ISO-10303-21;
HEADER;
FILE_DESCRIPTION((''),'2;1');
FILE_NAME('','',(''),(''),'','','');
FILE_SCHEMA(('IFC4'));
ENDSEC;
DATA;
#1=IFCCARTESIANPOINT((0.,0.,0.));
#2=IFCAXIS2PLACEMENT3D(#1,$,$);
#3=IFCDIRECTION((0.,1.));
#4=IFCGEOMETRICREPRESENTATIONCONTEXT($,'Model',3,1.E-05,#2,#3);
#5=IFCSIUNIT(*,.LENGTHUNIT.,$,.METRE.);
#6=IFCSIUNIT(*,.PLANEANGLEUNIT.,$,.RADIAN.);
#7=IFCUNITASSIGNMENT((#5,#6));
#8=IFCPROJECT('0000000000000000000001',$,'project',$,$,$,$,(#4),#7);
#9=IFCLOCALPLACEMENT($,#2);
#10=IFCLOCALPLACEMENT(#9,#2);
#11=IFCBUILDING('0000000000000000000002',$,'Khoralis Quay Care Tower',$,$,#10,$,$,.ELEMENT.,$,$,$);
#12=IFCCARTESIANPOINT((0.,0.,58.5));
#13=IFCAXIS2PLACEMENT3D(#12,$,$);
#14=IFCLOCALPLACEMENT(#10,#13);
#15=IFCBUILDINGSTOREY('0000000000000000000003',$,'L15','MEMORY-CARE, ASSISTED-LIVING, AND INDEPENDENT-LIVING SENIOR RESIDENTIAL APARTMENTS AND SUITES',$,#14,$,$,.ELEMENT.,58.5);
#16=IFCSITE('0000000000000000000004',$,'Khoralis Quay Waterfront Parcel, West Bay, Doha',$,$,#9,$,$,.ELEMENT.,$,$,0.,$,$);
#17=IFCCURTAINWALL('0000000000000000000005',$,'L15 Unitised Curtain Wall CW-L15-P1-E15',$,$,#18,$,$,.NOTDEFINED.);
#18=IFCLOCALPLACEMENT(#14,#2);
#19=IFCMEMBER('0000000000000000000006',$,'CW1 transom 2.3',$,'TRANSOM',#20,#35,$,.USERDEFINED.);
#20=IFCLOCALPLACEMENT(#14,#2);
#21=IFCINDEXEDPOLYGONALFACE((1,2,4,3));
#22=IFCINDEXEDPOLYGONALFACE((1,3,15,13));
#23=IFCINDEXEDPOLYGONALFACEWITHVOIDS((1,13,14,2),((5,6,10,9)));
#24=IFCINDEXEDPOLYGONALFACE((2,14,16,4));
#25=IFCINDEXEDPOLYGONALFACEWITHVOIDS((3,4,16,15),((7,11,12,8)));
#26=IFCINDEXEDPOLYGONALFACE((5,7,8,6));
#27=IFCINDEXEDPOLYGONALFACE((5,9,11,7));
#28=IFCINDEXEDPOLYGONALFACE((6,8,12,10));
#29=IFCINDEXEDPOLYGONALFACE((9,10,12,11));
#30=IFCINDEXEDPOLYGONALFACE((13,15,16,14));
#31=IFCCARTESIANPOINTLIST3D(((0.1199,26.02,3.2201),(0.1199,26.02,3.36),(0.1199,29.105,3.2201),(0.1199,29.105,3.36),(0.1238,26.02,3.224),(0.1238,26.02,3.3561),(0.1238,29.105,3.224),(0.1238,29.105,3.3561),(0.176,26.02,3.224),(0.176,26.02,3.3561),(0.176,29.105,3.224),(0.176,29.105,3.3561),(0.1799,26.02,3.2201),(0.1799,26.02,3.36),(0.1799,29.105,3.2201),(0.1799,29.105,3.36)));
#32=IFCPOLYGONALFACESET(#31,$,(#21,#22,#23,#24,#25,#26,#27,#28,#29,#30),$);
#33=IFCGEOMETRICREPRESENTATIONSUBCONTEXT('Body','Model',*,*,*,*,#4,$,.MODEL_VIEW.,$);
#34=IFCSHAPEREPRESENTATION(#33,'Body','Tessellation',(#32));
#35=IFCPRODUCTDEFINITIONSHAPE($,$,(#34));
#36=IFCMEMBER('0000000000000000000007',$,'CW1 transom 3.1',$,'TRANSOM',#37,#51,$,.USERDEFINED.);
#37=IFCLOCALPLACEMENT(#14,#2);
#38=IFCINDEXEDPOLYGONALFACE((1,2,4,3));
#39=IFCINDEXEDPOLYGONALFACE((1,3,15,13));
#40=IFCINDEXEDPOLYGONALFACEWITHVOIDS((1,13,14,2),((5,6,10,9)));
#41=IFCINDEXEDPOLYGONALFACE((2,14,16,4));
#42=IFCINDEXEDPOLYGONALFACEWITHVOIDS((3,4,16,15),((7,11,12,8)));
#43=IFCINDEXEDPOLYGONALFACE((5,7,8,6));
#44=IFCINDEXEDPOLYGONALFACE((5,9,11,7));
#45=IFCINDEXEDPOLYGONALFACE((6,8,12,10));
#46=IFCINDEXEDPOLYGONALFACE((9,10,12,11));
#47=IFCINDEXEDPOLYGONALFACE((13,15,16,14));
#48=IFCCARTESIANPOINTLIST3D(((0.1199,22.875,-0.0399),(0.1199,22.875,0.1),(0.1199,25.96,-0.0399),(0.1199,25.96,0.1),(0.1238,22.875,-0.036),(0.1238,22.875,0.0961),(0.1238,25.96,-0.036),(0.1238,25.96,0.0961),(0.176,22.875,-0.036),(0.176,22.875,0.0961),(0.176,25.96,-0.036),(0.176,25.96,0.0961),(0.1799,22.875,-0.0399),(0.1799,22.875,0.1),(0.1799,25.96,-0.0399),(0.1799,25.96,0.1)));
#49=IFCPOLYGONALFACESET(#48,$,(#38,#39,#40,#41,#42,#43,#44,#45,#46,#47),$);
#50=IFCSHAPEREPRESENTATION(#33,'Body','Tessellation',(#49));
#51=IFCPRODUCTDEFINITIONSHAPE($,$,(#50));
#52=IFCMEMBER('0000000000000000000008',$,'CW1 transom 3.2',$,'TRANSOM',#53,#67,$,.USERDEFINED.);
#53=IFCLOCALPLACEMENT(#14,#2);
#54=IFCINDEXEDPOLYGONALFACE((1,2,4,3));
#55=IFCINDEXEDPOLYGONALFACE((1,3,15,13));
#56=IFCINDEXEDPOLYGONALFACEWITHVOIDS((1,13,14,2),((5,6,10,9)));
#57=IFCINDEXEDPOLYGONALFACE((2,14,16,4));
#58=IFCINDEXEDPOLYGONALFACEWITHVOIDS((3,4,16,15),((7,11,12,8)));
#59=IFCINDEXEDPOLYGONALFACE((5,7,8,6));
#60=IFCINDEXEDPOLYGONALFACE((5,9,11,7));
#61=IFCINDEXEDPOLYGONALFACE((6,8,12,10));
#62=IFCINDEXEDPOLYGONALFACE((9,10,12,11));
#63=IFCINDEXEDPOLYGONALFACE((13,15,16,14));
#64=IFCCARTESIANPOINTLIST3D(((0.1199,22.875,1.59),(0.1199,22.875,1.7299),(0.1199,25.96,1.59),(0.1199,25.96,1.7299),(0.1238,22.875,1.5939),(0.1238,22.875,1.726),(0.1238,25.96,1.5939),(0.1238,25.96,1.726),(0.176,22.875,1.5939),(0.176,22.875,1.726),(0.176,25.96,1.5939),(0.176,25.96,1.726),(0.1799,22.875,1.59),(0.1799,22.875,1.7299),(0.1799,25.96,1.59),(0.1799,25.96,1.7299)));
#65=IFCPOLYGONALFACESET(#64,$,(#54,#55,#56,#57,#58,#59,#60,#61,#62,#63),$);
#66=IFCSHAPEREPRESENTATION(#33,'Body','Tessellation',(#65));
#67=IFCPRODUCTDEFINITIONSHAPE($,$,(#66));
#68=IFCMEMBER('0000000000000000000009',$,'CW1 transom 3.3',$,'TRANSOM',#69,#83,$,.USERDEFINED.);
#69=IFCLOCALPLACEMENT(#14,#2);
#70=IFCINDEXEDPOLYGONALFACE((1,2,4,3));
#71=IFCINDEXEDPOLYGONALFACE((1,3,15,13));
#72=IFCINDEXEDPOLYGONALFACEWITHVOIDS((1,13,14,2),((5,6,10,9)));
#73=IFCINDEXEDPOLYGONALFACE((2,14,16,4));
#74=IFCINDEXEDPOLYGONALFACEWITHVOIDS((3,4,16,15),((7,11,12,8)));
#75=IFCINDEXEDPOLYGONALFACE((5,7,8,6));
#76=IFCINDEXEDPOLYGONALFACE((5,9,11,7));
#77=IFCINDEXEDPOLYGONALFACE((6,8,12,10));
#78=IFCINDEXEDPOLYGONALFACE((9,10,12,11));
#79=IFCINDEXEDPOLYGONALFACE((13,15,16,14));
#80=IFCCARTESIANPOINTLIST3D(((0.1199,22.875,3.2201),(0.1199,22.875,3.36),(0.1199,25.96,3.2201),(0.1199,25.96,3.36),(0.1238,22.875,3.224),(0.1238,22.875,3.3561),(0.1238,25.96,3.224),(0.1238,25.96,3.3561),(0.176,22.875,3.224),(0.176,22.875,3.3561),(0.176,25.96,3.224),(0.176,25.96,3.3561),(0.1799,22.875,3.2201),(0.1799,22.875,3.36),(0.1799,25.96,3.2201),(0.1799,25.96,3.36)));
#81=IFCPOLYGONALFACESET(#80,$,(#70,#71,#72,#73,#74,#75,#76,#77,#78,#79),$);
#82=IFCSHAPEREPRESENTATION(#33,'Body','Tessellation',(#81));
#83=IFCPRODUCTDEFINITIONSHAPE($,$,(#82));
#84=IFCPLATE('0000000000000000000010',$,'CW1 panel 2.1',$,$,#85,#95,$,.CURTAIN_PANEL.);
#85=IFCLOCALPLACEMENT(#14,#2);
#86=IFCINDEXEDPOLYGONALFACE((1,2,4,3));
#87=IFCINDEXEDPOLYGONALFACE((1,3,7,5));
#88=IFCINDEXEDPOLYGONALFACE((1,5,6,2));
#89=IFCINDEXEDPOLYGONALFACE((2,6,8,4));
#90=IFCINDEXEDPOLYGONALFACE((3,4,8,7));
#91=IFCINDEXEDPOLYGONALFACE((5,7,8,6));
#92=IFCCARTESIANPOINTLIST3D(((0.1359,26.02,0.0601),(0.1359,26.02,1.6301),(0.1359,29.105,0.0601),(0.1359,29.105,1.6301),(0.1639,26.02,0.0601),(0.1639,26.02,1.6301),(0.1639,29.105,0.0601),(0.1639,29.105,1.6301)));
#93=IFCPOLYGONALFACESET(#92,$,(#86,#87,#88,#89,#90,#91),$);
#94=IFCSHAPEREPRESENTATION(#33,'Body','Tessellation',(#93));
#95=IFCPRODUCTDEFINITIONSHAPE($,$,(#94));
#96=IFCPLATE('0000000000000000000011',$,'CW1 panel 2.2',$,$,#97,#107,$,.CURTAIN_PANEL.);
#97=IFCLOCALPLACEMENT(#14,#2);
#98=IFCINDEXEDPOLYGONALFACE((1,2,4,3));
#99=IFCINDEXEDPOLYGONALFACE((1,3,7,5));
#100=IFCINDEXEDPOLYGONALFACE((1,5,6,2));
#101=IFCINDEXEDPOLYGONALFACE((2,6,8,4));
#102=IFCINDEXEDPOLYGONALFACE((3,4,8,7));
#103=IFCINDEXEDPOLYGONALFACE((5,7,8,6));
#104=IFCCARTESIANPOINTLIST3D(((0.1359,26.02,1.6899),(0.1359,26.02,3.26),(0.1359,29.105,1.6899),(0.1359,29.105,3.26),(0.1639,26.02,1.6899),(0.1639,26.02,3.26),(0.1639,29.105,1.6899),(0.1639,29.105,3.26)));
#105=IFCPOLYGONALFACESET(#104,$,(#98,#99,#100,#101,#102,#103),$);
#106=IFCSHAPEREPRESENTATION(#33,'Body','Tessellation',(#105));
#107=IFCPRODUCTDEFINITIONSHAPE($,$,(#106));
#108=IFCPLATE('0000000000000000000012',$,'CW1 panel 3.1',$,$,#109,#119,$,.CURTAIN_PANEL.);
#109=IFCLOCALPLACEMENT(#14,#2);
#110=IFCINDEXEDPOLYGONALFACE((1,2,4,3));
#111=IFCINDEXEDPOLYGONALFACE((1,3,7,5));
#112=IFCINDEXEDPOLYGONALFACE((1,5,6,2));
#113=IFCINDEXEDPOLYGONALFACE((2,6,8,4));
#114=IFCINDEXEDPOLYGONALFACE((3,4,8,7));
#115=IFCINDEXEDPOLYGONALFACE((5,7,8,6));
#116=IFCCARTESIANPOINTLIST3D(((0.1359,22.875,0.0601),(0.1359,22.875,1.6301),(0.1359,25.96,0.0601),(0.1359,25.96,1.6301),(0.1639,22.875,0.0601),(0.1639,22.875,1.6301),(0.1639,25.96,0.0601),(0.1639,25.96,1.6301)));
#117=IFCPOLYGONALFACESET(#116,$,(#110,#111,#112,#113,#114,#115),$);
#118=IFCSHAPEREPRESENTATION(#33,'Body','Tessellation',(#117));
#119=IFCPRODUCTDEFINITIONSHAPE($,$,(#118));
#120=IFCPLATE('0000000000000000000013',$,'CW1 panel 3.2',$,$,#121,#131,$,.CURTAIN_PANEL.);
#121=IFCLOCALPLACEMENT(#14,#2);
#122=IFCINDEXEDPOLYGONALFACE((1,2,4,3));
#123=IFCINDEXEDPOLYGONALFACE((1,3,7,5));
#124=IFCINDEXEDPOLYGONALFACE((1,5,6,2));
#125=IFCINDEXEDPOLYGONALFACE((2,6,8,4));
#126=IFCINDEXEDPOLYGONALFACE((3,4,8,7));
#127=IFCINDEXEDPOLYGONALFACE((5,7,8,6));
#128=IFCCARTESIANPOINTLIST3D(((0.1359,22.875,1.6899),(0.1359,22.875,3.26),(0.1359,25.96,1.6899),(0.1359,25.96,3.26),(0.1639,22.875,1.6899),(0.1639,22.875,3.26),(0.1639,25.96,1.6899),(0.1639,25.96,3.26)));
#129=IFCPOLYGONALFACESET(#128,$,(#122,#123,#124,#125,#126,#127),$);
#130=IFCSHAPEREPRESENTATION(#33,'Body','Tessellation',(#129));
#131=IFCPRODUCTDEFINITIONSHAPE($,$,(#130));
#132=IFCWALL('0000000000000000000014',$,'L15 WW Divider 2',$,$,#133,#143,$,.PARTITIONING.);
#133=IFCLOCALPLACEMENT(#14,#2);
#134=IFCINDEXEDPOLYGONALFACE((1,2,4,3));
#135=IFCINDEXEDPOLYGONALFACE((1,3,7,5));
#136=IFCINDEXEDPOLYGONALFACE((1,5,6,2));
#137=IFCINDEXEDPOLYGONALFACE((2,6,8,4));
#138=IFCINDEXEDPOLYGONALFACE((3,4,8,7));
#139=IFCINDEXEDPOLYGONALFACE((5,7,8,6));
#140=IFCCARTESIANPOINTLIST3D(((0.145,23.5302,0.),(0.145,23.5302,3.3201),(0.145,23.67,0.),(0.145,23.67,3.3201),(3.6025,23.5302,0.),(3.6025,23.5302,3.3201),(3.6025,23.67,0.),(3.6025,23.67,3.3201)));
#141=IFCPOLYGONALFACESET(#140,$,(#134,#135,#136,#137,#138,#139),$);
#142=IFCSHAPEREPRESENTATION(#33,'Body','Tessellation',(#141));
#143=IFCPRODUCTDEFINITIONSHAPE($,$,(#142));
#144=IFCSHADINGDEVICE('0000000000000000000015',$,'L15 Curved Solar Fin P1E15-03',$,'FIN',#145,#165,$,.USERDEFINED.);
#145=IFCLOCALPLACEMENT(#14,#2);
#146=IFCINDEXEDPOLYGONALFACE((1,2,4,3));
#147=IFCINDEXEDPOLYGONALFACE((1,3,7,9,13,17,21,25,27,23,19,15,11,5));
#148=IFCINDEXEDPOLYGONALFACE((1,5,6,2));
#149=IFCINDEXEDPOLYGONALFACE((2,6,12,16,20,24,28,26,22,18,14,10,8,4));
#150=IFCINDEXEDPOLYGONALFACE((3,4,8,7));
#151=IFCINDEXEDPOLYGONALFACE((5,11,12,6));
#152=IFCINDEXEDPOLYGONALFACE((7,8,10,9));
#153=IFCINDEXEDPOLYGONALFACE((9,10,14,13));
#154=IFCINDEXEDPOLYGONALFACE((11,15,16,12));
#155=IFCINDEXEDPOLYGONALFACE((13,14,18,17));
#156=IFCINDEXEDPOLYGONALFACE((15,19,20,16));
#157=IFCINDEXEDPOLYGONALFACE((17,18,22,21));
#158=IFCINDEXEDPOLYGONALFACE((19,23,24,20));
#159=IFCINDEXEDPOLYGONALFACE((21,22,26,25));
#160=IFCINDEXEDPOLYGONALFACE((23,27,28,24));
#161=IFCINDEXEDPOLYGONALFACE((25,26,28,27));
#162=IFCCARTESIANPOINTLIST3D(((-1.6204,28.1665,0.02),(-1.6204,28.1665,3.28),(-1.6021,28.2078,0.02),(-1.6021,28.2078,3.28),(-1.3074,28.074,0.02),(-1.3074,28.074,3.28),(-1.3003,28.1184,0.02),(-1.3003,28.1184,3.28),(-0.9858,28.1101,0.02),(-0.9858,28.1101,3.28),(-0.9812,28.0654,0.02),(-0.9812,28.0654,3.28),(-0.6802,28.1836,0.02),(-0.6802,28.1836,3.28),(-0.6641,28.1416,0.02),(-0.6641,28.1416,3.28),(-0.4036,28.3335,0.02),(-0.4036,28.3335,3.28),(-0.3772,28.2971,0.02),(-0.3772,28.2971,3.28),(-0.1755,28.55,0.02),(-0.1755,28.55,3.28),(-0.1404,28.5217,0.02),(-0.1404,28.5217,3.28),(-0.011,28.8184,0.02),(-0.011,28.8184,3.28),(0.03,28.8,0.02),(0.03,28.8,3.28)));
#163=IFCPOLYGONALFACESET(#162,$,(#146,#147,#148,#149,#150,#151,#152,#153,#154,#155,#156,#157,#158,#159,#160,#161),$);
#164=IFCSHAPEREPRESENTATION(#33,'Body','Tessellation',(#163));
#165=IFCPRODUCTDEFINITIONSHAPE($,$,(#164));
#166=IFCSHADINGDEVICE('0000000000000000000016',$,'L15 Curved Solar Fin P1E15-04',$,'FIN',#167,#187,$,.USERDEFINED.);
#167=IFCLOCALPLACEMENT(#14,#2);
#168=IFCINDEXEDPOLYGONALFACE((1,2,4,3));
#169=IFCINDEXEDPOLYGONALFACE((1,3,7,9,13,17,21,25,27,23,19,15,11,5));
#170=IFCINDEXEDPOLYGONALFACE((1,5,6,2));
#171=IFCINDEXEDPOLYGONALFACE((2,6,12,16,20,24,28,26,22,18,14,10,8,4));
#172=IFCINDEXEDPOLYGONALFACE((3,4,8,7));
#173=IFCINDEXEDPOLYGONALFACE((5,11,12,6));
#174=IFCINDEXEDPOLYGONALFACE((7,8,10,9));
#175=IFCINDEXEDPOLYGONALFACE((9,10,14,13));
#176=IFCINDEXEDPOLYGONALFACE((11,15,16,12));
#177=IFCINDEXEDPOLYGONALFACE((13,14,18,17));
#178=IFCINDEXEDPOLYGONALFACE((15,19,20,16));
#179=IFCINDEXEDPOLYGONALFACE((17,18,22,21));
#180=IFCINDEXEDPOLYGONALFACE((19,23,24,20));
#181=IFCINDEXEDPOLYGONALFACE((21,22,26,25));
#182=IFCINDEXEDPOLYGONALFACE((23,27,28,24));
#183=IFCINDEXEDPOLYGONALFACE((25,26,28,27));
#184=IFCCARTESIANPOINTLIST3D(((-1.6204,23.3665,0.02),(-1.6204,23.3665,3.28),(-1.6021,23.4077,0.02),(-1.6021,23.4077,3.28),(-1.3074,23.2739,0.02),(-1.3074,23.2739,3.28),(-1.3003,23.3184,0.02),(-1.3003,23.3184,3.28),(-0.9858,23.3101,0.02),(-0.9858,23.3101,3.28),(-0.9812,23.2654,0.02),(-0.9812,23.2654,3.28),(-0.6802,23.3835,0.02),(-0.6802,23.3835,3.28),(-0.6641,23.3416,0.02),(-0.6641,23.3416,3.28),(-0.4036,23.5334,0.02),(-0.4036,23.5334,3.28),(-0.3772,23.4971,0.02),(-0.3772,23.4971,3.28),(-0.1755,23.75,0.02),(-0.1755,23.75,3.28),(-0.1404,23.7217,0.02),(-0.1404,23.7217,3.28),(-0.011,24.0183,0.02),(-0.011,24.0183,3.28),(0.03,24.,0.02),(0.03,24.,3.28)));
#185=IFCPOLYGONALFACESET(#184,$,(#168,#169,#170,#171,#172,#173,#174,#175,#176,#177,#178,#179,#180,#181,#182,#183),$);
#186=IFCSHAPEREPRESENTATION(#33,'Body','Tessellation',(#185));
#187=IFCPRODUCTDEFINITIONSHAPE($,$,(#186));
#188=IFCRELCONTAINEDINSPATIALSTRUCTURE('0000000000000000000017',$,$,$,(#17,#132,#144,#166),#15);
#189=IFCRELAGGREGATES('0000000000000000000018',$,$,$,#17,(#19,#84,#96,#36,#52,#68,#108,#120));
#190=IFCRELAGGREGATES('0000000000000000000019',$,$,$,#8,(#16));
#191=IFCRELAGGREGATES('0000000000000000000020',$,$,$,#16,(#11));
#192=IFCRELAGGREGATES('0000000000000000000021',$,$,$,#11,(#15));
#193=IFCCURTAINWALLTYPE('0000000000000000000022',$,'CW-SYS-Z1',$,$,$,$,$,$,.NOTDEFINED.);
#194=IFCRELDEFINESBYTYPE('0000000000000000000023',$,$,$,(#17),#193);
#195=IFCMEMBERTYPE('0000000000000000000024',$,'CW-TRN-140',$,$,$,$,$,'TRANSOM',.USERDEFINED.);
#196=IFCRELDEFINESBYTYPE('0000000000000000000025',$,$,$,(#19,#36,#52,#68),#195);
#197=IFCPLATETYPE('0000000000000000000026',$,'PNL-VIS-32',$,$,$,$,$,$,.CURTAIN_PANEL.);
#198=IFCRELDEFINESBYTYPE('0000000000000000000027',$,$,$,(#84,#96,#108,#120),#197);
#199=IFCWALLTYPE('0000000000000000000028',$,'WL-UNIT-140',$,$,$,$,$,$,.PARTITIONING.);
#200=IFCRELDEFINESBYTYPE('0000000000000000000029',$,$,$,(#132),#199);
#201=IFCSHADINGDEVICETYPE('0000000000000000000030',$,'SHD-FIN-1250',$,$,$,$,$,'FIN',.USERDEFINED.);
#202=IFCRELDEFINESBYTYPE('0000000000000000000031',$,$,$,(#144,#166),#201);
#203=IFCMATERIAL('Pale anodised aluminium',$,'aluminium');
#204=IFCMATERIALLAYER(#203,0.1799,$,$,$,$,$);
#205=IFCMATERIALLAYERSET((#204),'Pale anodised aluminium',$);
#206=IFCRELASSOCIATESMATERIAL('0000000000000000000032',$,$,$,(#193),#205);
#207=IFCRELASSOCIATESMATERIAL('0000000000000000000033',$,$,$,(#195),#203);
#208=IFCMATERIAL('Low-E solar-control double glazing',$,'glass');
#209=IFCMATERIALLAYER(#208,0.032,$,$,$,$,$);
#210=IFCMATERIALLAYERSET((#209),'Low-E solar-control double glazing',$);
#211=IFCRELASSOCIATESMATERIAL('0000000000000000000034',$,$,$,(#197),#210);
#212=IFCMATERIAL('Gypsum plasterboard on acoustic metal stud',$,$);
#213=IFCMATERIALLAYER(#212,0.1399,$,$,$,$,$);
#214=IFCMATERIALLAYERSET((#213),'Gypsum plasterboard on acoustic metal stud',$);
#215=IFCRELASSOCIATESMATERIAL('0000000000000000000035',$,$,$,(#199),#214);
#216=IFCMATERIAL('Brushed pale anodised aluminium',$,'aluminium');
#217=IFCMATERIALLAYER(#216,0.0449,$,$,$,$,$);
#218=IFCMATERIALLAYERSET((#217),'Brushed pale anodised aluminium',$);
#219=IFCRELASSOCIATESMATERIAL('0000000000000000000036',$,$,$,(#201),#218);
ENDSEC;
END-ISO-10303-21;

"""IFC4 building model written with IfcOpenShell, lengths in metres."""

from ifc_helpers import new_model, si_unit, direction, frame, frame_2d, origin, origin_2d, place, context, subcontext, project, spatial, polyline, rectangle, hollow_rectangle, outline, extrude, source, transform, mapped, material, layer, layer_set, material_profile, profile_set, type_object, element, aggregate, save


model = new_model("IFC4")

# Units and contexts
model_context = context("Model", 3, precision=1e-05, world=origin(), true_north=direction((0.0, 1.0)))
body_context = subcontext(model_context, "Body", "Model", "MODEL_VIEW")
ifc_project = project(units=[si_unit("LENGTHUNIT", "METRE"), si_unit("PLANEANGLEUNIT", "RADIAN")], contexts=[model_context])

# Site, building, storey
site_placement = place(None, origin())
site = spatial("IfcSite", under=ifc_project, at=site_placement, Name="Khoralis Quay Waterfront Parcel, West Bay, Doha", CompositionType="ELEMENT", RefElevation=0.0)
building_placement = place(site_placement, origin())
building = spatial("IfcBuilding", under=site, at=building_placement, Name="Khoralis Quay Care Tower", CompositionType="ELEMENT")
storey_placement = place(building_placement, frame((0.0, 0.0, 58.5)))
storey = spatial("IfcBuildingStorey", under=building, at=storey_placement, Name="L15", Description="MEMORY-CARE, ASSISTED-LIVING, AND INDEPENDENT-LIVING SENIOR RESIDENTIAL APARTMENTS AND SUITES", CompositionType="ELEMENT", Elevation=58.5)

# Curtain wall, members, plates
ifc_material_1 = material(Name="Pale anodised aluminium", Category="aluminium")
ifc_layer_1 = layer(ifc_material_1, 0.1799)
ifc_layer_set_1 = layer_set([ifc_layer_1], Name="Pale anodised aluminium")
curtain_wall_type = type_object("IfcCurtainWallType", Name="CW-SYS-Z1", PredefinedType="NOTDEFINED", material=ifc_layer_set_1)
curtain_wall_placement = place(storey_placement, origin())
curtain_wall = element("IfcCurtainWall", 1, at=curtain_wall_placement, inside=storey, type_object=curtain_wall_type, Name="L15 Unitised Curtain Wall CW-L15-P1-E15", PredefinedType="NOTDEFINED")
ifc_material_profile_1 = material_profile(ifc_material_1, hollow_rectangle(XDim=0.0601, YDim=0.1399, WallThickness=0.0039, at=origin_2d()), Name="Pale anodised aluminium")
ifc_profile_set_1 = profile_set([ifc_material_profile_1], Name="Pale anodised aluminium")
member_type_1 = type_object("IfcMemberType", Name="CW-TRN-140", ElementType="TRANSOM", PredefinedType="USERDEFINED", material=ifc_profile_set_1)
shared_shape_1 = source(origin(), body_context, "Body", "SweptSolid", [
    extrude(hollow_rectangle(XDim=0.0601, YDim=0.1399, WallThickness=0.0039, at=origin_2d()), origin(), (0.0, 0.0, 1.0), 3.085),
])
member_1_placement = place(storey_placement, frame((0.1499, 29.105, 3.29), z_axis=(0.0, -1.0, 0.0), x_axis=(1.0, 0.0, 0.0)))
member_1 = element("IfcMember", 2, at=member_1_placement, type_object=member_type_1, Name="CW1 transom 2.3", ObjectType="TRANSOM", PredefinedType="USERDEFINED", context=body_context, shape_type="MappedRepresentation", body=[
    mapped(shared_shape_1, transform((0.0, 0.0, 0.0), scale=1.0)),
])
member_2_placement = place(storey_placement, frame((0.1499, 25.96, 0.03), z_axis=(0.0, -1.0, 0.0), x_axis=(1.0, 0.0, 0.0)))
member_2 = element("IfcMember", 3, at=member_2_placement, type_object=member_type_1, Name="CW1 transom 3.1", ObjectType="TRANSOM", PredefinedType="USERDEFINED", context=body_context, shape_type="MappedRepresentation", body=[
    mapped(shared_shape_1, transform((0.0, 0.0, 0.0), scale=1.0)),
])
member_3_placement = place(storey_placement, frame((0.1499, 25.96, 1.6599), z_axis=(0.0, -1.0, 0.0), x_axis=(1.0, 0.0, 0.0)))
member_3 = element("IfcMember", 4, at=member_3_placement, type_object=member_type_1, Name="CW1 transom 3.2", ObjectType="TRANSOM", PredefinedType="USERDEFINED", context=body_context, shape_type="MappedRepresentation", body=[
    mapped(shared_shape_1, transform((0.0, 0.0, 0.0), scale=1.0)),
])
member_4_placement = place(storey_placement, frame((0.1499, 25.96, 3.29), z_axis=(0.0, -1.0, 0.0), x_axis=(1.0, 0.0, 0.0)))
member_4 = element("IfcMember", 5, at=member_4_placement, type_object=member_type_1, Name="CW1 transom 3.3", ObjectType="TRANSOM", PredefinedType="USERDEFINED", context=body_context, shape_type="MappedRepresentation", body=[
    mapped(shared_shape_1, transform((0.0, 0.0, 0.0), scale=1.0)),
])
ifc_material_2 = material(Name="Low-E solar-control double glazing", Category="glass")
ifc_layer_2 = layer(ifc_material_2, 0.032)
ifc_layer_set_2 = layer_set([ifc_layer_2], Name="Low-E solar-control double glazing")
plate_type = type_object("IfcPlateType", Name="PNL-VIS-32", PredefinedType="CURTAIN_PANEL", material=ifc_layer_set_2)
shared_shape_2 = source(origin(), body_context, "Body", "SweptSolid", [
    extrude(rectangle(XDim=3.085, YDim=0.0281, at=origin_2d()), origin(), (0.0, 0.0, 1.0), 1.5701),
])
plate_1_placement = place(storey_placement, frame((0.1499, 27.5625, 0.0601), z_axis=(0.0, 0.0, 1.0), x_axis=(0.0, -1.0, 0.0)))
plate_1 = element("IfcPlate", 6, at=plate_1_placement, type_object=plate_type, Name="CW1 panel 2.1", PredefinedType="CURTAIN_PANEL", context=body_context, shape_type="MappedRepresentation", body=[
    mapped(shared_shape_2, transform((0.0, 0.0, 0.0), scale=1.0)),
])
plate_2_placement = place(storey_placement, frame((0.1499, 27.5625, 1.6899), z_axis=(0.0, 0.0, 1.0), x_axis=(0.0, -1.0, 0.0)))
plate_2 = element("IfcPlate", 7, at=plate_2_placement, type_object=plate_type, Name="CW1 panel 2.2", PredefinedType="CURTAIN_PANEL", context=body_context, shape_type="MappedRepresentation", body=[
    mapped(shared_shape_2, transform((0.0, 0.0, 0.0), scale=1.0)),
])
plate_3_placement = place(storey_placement, frame((0.1499, 24.4175, 0.0601), z_axis=(0.0, 0.0, 1.0), x_axis=(0.0, -1.0, 0.0)))
plate_3 = element("IfcPlate", 8, at=plate_3_placement, type_object=plate_type, Name="CW1 panel 3.1", PredefinedType="CURTAIN_PANEL", context=body_context, shape_type="MappedRepresentation", body=[
    mapped(shared_shape_2, transform((0.0, 0.0, 0.0), scale=1.0)),
])
plate_4_placement = place(storey_placement, frame((0.1499, 24.4175, 1.6899), z_axis=(0.0, 0.0, 1.0), x_axis=(0.0, -1.0, 0.0)))
plate_4 = element("IfcPlate", 9, at=plate_4_placement, type_object=plate_type, Name="CW1 panel 3.2", PredefinedType="CURTAIN_PANEL", context=body_context, shape_type="MappedRepresentation", body=[
    mapped(shared_shape_2, transform((0.0, 0.0, 0.0), scale=1.0)),
])
aggregate(curtain_wall, [member_1, plate_1, plate_2, member_2, member_3, member_4, plate_3, plate_4])

# Wall
ifc_material_3 = material(Name="Gypsum plasterboard on acoustic metal stud")
ifc_layer_3 = layer(ifc_material_3, 0.1399)
ifc_layer_set_3 = layer_set([ifc_layer_3], Name="Gypsum plasterboard on acoustic metal stud")
wall_type = type_object("IfcWallType", Name="WL-UNIT-140", PredefinedType="PARTITIONING", material=ifc_layer_set_3)
wall_placement = place(storey_placement, frame((0.145, 23.6001, 0.0), z_axis=(0.0, 0.0, 1.0), x_axis=(1.0, 0.0, 0.0)))
element("IfcWall", 10, at=wall_placement, inside=storey, type_object=wall_type, Name="L15 WW Divider 2", PredefinedType="PARTITIONING", context=body_context, shape_type="SweptSolid", body=[
    extrude(rectangle(XDim=3.4575, YDim=0.1399, at=frame_2d((1.7288, 0.0))), origin(), (0.0, 0.0, 1.0), 3.3201),
])

# Shading devices
ifc_material_4 = material(Name="Brushed pale anodised aluminium", Category="aluminium")
ifc_layer_4 = layer(ifc_material_4, 0.0449)
ifc_layer_set_4 = layer_set([ifc_layer_4], Name="Brushed pale anodised aluminium")
shading_device_type = type_object("IfcShadingDeviceType", Name="SHD-FIN-1250", ElementType="FIN", PredefinedType="USERDEFINED", material=ifc_layer_set_4)
shared_shape_3 = source(origin(), body_context, "Body", "SweptSolid", [
    extrude(outline(polyline([(0.0, 0.0), (0.1704, 0.2783), (0.4072, 0.5029), (0.6941, 0.6584), (1.0112, 0.7346), (1.3374, 0.7261), (1.6504, 0.6335), (1.6321, 0.5923), (1.3303, 0.6816), (1.0159, 0.6899), (0.7102, 0.6165), (0.4336, 0.4666), (0.2056, 0.25), (0.041, -0.0183), (0.0, 0.0)])), origin(), (0.0, 0.0, 1.0), 3.26),
])
for number, where, z_axis, x_axis, name in (
    (11, (0.03, 28.8, 0.02), (0.0, 0.0, 1.0), (-1.0, 0.0, 0.0), "L15 Curved Solar Fin P1E15-03"),
    (12, (0.03, 24.0, 0.02), (0.0, 0.0, 1.0), (-1.0, 0.0, 0.0), "L15 Curved Solar Fin P1E15-04"),
):
    element("IfcShadingDevice", number, at=place(storey_placement, frame(where, z_axis=z_axis, x_axis=x_axis)), inside=storey, type_object=shading_device_type, Name=name, ObjectType="FIN", PredefinedType="USERDEFINED", context=body_context, shape_type="MappedRepresentation", body=[
        mapped(shared_shape_3, transform((0.0, 0.0, 0.0), scale=1.0)),
    ])

save(model, "model.ifc")
